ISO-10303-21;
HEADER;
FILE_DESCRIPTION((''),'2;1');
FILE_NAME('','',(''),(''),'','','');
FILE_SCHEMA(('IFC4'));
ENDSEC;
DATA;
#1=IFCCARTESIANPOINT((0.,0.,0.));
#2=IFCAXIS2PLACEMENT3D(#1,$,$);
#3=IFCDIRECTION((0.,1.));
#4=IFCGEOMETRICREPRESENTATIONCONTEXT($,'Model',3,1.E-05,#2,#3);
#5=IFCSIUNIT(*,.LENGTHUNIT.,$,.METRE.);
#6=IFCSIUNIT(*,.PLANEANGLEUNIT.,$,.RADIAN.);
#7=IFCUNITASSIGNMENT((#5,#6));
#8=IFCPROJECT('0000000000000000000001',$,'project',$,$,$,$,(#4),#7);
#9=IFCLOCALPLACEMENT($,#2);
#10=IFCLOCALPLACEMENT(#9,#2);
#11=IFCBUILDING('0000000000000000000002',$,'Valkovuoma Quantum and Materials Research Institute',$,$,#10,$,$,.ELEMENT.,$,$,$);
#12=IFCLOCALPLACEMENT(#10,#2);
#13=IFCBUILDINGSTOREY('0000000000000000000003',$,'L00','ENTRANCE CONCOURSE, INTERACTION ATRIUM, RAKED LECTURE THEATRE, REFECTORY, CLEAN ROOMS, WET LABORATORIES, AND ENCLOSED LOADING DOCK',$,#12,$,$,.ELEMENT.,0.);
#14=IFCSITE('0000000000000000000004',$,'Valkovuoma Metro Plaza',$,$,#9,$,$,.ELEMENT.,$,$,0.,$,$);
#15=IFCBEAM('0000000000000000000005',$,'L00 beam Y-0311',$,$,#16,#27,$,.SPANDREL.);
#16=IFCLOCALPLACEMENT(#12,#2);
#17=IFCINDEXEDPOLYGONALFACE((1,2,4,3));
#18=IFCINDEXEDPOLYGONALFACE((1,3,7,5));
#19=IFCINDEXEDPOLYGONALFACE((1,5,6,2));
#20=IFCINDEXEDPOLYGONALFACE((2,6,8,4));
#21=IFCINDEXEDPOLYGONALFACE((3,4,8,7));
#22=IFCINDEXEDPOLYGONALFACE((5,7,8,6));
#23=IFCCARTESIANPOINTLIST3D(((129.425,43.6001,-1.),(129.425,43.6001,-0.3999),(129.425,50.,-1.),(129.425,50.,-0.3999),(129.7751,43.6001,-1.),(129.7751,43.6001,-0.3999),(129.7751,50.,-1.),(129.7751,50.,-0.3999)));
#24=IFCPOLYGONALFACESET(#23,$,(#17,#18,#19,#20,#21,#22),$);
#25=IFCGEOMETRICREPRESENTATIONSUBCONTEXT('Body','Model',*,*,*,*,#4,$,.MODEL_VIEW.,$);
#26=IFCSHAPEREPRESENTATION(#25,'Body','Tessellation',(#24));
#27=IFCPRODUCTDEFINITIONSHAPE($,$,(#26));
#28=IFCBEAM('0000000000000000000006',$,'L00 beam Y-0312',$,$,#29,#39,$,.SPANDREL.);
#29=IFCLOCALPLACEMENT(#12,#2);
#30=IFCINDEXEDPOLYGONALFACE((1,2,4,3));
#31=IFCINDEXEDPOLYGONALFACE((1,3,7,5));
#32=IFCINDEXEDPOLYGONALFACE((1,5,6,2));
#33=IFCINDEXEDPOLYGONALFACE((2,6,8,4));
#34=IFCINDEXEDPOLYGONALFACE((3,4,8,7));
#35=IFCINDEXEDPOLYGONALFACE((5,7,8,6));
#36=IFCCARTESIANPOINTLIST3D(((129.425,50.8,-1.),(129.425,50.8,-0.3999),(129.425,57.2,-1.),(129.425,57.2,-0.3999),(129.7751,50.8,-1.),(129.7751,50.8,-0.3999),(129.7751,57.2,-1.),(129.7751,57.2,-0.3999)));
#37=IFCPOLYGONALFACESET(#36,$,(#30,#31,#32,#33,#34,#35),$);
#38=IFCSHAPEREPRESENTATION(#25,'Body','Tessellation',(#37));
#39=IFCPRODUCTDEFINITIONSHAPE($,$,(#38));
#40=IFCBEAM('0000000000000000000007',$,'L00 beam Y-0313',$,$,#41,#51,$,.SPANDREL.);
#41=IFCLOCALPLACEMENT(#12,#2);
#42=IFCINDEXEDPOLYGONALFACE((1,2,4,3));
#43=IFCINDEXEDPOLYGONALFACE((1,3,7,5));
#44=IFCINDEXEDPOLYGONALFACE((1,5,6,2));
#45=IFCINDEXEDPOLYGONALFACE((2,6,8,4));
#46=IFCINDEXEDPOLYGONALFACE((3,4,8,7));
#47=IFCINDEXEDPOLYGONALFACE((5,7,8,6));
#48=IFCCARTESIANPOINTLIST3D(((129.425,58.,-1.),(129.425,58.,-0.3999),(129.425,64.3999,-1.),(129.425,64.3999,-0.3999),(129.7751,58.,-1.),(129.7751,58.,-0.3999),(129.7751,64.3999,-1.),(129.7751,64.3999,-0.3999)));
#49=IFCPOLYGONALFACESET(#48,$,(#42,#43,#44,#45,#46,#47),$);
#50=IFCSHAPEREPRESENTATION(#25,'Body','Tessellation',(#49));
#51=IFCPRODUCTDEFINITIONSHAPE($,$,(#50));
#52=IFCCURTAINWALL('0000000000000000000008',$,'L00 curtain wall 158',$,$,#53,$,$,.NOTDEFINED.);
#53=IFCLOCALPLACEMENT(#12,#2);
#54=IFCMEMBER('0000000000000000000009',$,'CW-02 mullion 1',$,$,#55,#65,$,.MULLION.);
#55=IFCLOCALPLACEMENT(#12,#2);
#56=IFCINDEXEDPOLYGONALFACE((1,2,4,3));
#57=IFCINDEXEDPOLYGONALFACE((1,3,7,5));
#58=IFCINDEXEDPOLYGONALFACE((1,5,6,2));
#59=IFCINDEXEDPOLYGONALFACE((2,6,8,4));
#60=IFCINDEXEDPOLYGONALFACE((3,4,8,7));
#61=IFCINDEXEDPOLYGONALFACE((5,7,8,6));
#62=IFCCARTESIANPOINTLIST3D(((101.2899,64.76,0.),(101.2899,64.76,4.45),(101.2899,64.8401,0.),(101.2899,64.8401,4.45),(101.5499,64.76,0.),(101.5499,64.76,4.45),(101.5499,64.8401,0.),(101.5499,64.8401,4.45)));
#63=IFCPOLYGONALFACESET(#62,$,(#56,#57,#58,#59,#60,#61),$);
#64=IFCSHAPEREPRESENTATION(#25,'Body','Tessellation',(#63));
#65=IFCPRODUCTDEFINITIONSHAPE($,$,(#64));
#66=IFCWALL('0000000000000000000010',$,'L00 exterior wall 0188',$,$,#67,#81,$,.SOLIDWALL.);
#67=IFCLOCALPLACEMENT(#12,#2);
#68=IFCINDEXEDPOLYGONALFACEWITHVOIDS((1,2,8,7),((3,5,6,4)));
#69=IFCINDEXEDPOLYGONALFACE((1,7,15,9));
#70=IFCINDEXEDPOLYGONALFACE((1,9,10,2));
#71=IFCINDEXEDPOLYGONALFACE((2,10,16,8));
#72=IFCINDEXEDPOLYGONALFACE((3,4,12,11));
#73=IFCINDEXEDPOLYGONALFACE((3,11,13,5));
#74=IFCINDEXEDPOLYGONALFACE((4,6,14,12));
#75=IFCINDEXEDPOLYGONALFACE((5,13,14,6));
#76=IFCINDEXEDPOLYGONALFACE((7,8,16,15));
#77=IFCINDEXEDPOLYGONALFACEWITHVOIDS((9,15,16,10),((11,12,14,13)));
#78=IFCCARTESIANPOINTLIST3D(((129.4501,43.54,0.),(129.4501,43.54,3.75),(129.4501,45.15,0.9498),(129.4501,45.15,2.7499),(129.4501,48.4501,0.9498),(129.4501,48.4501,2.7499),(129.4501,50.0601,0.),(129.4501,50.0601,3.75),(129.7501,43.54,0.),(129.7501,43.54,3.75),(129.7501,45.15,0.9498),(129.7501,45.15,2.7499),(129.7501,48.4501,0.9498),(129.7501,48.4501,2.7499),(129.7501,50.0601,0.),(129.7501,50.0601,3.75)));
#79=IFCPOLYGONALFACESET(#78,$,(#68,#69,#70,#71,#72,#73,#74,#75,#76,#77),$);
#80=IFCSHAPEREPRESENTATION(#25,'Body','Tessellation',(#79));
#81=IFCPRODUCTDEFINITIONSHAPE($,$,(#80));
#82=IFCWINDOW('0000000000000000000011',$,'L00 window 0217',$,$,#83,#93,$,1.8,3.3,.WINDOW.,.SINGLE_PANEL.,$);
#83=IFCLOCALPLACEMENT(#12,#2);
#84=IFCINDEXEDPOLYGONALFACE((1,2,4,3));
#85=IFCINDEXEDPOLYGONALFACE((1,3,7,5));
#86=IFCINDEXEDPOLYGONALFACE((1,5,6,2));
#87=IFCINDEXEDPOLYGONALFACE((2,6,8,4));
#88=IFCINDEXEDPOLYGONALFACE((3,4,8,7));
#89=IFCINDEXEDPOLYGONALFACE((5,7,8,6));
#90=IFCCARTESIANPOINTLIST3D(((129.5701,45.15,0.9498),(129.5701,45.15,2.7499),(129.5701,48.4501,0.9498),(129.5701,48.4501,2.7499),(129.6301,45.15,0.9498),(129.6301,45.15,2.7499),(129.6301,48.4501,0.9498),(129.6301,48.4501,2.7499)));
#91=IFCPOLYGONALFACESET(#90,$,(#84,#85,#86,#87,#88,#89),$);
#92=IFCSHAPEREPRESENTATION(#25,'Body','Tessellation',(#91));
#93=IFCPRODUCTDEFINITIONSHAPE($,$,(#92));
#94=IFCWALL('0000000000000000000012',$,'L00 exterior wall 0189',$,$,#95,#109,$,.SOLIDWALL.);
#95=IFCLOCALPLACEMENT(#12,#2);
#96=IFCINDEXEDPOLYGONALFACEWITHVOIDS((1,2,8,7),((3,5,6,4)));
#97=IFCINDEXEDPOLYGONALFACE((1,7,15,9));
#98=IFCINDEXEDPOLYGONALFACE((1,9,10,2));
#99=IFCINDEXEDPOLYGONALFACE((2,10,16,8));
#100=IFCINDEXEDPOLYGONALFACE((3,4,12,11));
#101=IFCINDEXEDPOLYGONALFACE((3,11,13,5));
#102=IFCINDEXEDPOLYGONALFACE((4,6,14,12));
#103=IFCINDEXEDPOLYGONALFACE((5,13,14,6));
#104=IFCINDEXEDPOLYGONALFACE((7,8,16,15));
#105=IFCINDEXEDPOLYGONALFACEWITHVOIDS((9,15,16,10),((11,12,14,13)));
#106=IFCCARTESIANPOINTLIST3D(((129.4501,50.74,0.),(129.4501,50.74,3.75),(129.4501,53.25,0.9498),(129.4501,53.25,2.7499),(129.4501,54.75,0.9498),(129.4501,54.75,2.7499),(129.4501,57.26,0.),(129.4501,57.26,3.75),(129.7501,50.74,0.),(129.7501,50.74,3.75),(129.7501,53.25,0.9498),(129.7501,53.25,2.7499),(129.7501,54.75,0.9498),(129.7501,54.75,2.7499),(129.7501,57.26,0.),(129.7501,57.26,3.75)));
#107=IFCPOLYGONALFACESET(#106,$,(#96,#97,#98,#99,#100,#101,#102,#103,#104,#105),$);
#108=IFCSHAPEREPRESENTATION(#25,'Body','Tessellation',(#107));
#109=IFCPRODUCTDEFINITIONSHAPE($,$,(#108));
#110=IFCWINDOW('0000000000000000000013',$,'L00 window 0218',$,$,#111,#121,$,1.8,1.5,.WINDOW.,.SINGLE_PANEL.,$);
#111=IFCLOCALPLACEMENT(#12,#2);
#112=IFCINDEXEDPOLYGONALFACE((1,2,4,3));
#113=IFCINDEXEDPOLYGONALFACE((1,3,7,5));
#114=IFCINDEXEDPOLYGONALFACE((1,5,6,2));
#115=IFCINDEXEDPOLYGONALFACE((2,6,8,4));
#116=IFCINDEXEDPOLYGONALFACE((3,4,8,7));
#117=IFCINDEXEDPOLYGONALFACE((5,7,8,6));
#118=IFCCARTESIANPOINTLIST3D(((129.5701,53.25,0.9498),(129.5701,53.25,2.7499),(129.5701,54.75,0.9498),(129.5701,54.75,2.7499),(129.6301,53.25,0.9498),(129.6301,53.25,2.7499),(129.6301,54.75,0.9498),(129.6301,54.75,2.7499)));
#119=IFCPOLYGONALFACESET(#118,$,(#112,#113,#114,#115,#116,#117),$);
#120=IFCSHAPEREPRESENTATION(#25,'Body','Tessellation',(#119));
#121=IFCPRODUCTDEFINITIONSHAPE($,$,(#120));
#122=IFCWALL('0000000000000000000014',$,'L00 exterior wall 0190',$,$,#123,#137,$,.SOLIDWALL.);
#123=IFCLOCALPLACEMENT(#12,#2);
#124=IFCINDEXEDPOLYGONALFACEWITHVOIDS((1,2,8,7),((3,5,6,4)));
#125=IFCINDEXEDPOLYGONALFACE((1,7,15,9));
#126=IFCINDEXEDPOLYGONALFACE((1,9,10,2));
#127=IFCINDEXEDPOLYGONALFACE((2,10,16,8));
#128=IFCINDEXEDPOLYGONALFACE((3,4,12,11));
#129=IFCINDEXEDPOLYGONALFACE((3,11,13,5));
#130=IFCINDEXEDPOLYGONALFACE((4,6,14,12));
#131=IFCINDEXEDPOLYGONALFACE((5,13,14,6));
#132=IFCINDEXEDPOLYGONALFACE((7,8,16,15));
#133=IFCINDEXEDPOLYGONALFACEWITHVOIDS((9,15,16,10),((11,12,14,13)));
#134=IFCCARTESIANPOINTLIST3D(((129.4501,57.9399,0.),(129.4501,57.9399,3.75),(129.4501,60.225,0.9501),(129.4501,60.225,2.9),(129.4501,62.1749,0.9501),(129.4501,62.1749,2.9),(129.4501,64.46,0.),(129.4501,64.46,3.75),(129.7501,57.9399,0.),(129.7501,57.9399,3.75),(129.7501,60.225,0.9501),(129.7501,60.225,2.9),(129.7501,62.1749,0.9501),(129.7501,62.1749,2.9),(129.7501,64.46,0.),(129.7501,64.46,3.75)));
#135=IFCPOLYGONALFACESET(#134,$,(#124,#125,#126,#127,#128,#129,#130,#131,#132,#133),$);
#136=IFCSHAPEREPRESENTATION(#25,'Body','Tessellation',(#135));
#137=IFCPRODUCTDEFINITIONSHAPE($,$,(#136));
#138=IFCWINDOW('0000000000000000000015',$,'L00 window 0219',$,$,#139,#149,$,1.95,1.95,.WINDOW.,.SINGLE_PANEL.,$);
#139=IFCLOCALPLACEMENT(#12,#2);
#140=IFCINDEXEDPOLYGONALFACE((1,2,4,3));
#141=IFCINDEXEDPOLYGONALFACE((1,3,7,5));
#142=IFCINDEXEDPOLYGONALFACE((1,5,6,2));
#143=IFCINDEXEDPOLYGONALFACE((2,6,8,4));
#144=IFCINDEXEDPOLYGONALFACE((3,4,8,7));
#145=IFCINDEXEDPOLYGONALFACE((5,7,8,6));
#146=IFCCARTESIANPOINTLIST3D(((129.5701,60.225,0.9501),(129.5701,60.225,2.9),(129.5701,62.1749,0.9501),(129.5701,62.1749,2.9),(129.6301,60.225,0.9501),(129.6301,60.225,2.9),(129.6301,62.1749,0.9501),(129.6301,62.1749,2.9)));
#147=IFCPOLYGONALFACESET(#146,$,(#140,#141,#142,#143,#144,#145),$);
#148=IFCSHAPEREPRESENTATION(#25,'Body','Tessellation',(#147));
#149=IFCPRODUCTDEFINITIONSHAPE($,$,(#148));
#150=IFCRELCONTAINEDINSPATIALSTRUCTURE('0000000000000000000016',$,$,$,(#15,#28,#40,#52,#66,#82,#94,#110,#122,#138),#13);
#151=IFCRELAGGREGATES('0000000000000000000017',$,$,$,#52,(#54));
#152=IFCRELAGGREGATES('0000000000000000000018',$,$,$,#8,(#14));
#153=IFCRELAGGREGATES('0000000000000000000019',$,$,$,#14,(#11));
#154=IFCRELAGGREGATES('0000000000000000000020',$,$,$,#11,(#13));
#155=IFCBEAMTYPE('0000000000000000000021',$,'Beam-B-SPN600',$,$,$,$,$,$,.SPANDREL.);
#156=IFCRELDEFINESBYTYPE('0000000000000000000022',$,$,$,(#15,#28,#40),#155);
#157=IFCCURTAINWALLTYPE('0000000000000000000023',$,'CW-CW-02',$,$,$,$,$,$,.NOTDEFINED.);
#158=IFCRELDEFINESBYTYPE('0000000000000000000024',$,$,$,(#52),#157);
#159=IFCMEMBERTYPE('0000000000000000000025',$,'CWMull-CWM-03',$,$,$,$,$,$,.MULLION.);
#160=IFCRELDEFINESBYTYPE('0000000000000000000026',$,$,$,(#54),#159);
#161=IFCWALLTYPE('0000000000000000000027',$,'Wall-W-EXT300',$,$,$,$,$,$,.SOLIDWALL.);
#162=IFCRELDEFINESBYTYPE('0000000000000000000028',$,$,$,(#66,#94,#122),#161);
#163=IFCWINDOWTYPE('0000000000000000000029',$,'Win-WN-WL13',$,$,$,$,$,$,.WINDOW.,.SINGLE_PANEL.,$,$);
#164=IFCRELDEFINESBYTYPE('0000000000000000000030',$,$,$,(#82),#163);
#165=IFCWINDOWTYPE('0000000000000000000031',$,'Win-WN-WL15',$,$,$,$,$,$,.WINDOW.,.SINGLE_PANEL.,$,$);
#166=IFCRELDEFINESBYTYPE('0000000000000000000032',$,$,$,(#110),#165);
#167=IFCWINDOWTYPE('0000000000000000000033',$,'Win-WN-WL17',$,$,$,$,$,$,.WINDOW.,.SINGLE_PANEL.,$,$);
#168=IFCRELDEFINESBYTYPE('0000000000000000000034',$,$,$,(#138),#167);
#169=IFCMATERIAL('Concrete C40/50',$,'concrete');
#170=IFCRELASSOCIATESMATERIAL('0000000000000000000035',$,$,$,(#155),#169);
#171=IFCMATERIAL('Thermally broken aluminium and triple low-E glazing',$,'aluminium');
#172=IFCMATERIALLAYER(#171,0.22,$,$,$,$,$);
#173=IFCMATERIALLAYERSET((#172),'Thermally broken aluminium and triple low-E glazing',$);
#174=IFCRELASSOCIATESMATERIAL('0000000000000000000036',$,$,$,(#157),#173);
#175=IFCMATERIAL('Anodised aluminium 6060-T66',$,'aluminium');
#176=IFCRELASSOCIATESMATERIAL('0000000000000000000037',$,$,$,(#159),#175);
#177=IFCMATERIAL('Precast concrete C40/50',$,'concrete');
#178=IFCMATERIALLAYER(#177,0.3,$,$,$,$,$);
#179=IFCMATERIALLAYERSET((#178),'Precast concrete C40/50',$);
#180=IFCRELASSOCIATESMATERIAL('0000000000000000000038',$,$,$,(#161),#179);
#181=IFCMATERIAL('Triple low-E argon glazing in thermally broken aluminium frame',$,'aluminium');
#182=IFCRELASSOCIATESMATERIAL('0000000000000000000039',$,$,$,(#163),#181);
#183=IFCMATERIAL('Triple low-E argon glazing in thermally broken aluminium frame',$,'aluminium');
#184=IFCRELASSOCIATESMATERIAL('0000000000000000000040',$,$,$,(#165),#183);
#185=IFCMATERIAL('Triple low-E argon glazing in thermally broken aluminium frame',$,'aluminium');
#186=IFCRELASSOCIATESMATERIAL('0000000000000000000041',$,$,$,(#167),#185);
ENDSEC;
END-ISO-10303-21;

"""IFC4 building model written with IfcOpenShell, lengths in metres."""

from ifc_helpers import new_model, si_unit, direction, frame, frame_2d, origin, origin_2d, place, context, subcontext, project, spatial, rectangle, extrude, material, layer, layer_set, material_profile, profile_set, type_object, element, fill, aggregate, save


model = new_model("IFC4")

# Units and contexts
model_context = context("Model", 3, precision=1e-05, world=origin(), true_north=direction((0.0, 1.0)))
body_context = subcontext(model_context, "Body", "Model", "MODEL_VIEW")
ifc_project = project(units=[si_unit("LENGTHUNIT", "METRE"), si_unit("PLANEANGLEUNIT", "RADIAN")], contexts=[model_context])

# Site, building, storey
site_placement = place(None, origin())
site = spatial("IfcSite", under=ifc_project, at=site_placement, Name="Valkovuoma Metro Plaza", CompositionType="ELEMENT", RefElevation=0.0)
building_placement = place(site_placement, origin())
building = spatial("IfcBuilding", under=site, at=building_placement, Name="Valkovuoma Quantum and Materials Research Institute", CompositionType="ELEMENT")
storey_placement = place(building_placement, origin())
storey = spatial("IfcBuildingStorey", under=building, at=storey_placement, Name="L00", Description="ENTRANCE CONCOURSE, INTERACTION ATRIUM, RAKED LECTURE THEATRE, REFECTORY, CLEAN ROOMS, WET LABORATORIES, AND ENCLOSED LOADING DOCK", CompositionType="ELEMENT", Elevation=0.0)

# Beams
ifc_material_1 = material(Name="Concrete C40/50", Category="concrete")
ifc_material_profile_1 = material_profile(ifc_material_1, rectangle(XDim=0.3501, YDim=0.6001, at=origin_2d()), Name="Concrete C40/50")
ifc_profile_set_1 = profile_set([ifc_material_profile_1], Name="Concrete C40/50")
beam_type_1 = type_object("IfcBeamType", Name="Beam-B-SPN600", PredefinedType="SPANDREL", material=ifc_profile_set_1)
for number, where, z_axis, x_axis, name in (
    (1, (129.6001, 43.6001, -0.7), (0.0, 1.0, 0.0), (-1.0, 0.0, 0.0), "L00 beam Y-0311"),
    (2, (129.6001, 50.8, -0.7), (0.0, 1.0, 0.0), (-1.0, 0.0, 0.0), "L00 beam Y-0312"),
    (3, (129.6001, 58.0, -0.7), (0.0, 1.0, 0.0), (-1.0, 0.0, 0.0), "L00 beam Y-0313"),
):
    element("IfcBeam", number, at=place(storey_placement, frame(where, z_axis=z_axis, x_axis=x_axis)), inside=storey, type_object=beam_type_1, Name=name, PredefinedType="SPANDREL", context=body_context, shape_type="SweptSolid", body=[
        extrude(rectangle(XDim=0.3501, YDim=0.6001, at=origin_2d()), origin(), (0.0, 0.0, 1.0), 6.3999),
    ])

# Curtain wall, member
ifc_material_2 = material(Name="Thermally broken aluminium and triple low-E glazing", Category="aluminium")
ifc_layer_1 = layer(ifc_material_2, 0.22)
ifc_layer_set_1 = layer_set([ifc_layer_1], Name="Thermally broken aluminium and triple low-E glazing")
curtain_wall_type = type_object("IfcCurtainWallType", Name="CW-CW-02", PredefinedType="NOTDEFINED", material=ifc_layer_set_1)
curtain_wall_placement = place(storey_placement, origin())
curtain_wall = element("IfcCurtainWall", 4, at=curtain_wall_placement, inside=storey, type_object=curtain_wall_type, Name="L00 curtain wall 158", PredefinedType="NOTDEFINED")
ifc_material_3 = material(Name="Anodised aluminium 6060-T66", Category="aluminium")
ifc_material_profile_2 = material_profile(ifc_material_3, rectangle(XDim=0.0801, YDim=0.26, at=origin_2d()), Name="Anodised aluminium 6060-T66")
ifc_profile_set_2 = profile_set([ifc_material_profile_2], Name="Anodised aluminium 6060-T66")
member_type = type_object("IfcMemberType", Name="CWMull-CWM-03", PredefinedType="MULLION", material=ifc_profile_set_2)
member_placement = place(storey_placement, frame((101.4199, 64.8, 0.0), z_axis=(0.0, 0.0, 1.0), x_axis=(0.0, 1.0, 0.0)))
member = element("IfcMember", 5, at=member_placement, type_object=member_type, Name="CW-02 mullion 1", PredefinedType="MULLION", context=body_context, shape_type="SweptSolid", body=[
    extrude(rectangle(XDim=0.0801, YDim=0.26, at=origin_2d()), origin(), (0.0, 0.0, 1.0), 4.45),
])
aggregate(curtain_wall, [member])

# Walls, openings, windows
ifc_material_4 = material(Name="Precast concrete C40/50", Category="concrete")
ifc_layer_2 = layer(ifc_material_4, 0.3)
ifc_layer_set_2 = layer_set([ifc_layer_2], Name="Precast concrete C40/50")
wall_type = type_object("IfcWallType", Name="Wall-W-EXT300", PredefinedType="SOLIDWALL", material=ifc_layer_set_2)
wall_1_placement = place(storey_placement, frame((129.6001, 43.54, 0.0), z_axis=(0.0, 0.0, 1.0), x_axis=(0.0, 1.0, 0.0)))
wall_1 = element("IfcWall", 6, at=wall_1_placement, inside=storey, type_object=wall_type, Name="L00 exterior wall 0188", PredefinedType="SOLIDWALL", context=body_context, shape_type="SweptSolid", body=[
    extrude(rectangle(XDim=6.52, YDim=0.3, at=frame_2d((3.26, 0.0))), origin(), (0.0, 0.0, 1.0), 3.75),
])
opening_1_placement = place(wall_1_placement, frame((1.6101, 0.0, 0.95)))
opening_1 = element("IfcOpeningElement", 7, at=opening_1_placement, cuts=wall_1, PredefinedType="OPENING", context=body_context, shape_type="SweptSolid", body=[
    extrude(rectangle(XDim=3.3, YDim=1.8, at=frame_2d((1.6499, 0.8999))), frame((0.0, 0.1602, 0.0), z_axis=(0.0, -1.0, 0.0), x_axis=(1.0, 0.0, 0.0)), (0.0, 0.0, 1.0), 0.3201),
])
ifc_material_5 = material(Name="Triple low-E argon glazing in thermally broken aluminium frame", Category="aluminium")
window_type_1 = type_object("IfcWindowType", Name="Win-WN-WL13", PartitioningType="SINGLE_PANEL", PredefinedType="WINDOW", material=ifc_material_5)
window_1_placement = place(opening_1_placement, origin())
window_1 = element("IfcWindow", 8, at=window_1_placement, inside=storey, type_object=window_type_1, Name="L00 window 0217", OverallHeight=1.8, OverallWidth=3.3, PartitioningType="SINGLE_PANEL", PredefinedType="WINDOW", context=body_context, shape_type="SweptSolid", body=[
    extrude(rectangle(XDim=3.3, YDim=1.8, at=frame_2d((1.6499, 0.8999))), frame((0.0, 0.03, 0.0), z_axis=(0.0, -1.0, 0.0), x_axis=(1.0, 0.0, 0.0)), (0.0, 0.0, 1.0), 0.0601),
])
fill(opening_1, window_1)
wall_2_placement = place(storey_placement, frame((129.6001, 50.74, 0.0), z_axis=(0.0, 0.0, 1.0), x_axis=(0.0, 1.0, 0.0)))
wall_2 = element("IfcWall", 9, at=wall_2_placement, inside=storey, type_object=wall_type, Name="L00 exterior wall 0189", PredefinedType="SOLIDWALL", context=body_context, shape_type="SweptSolid", body=[
    extrude(rectangle(XDim=6.52, YDim=0.3, at=frame_2d((3.26, 0.0))), origin(), (0.0, 0.0, 1.0), 3.75),
])
opening_2_placement = place(wall_2_placement, frame((2.51, 0.0, 0.95)))
opening_2 = element("IfcOpeningElement", 10, at=opening_2_placement, cuts=wall_2, PredefinedType="OPENING", context=body_context, shape_type="SweptSolid", body=[
    extrude(rectangle(XDim=1.5, YDim=1.8, at=frame_2d((0.75, 0.8999))), frame((0.0, 0.1602, 0.0), z_axis=(0.0, -1.0, 0.0), x_axis=(1.0, 0.0, 0.0)), (0.0, 0.0, 1.0), 0.3201),
])
ifc_material_6 = material(Name="Triple low-E argon glazing in thermally broken aluminium frame", Category="aluminium")
window_type_2 = type_object("IfcWindowType", Name="Win-WN-WL15", PartitioningType="SINGLE_PANEL", PredefinedType="WINDOW", material=ifc_material_6)
window_2_placement = place(opening_2_placement, origin())
window_2 = element("IfcWindow", 11, at=window_2_placement, inside=storey, type_object=window_type_2, Name="L00 window 0218", OverallHeight=1.8, OverallWidth=1.5, PartitioningType="SINGLE_PANEL", PredefinedType="WINDOW", context=body_context, shape_type="SweptSolid", body=[
    extrude(rectangle(XDim=1.5, YDim=1.8, at=frame_2d((0.75, 0.8999))), frame((0.0, 0.03, 0.0), z_axis=(0.0, -1.0, 0.0), x_axis=(1.0, 0.0, 0.0)), (0.0, 0.0, 1.0), 0.0601),
])
fill(opening_2, window_2)
wall_3_placement = place(storey_placement, frame((129.6001, 57.9399, 0.0), z_axis=(0.0, 0.0, 1.0), x_axis=(0.0, 1.0, 0.0)))
wall_3 = element("IfcWall", 12, at=wall_3_placement, inside=storey, type_object=wall_type, Name="L00 exterior wall 0190", PredefinedType="SOLIDWALL", context=body_context, shape_type="SweptSolid", body=[
    extrude(rectangle(XDim=6.52, YDim=0.3, at=frame_2d((3.26, 0.0))), origin(), (0.0, 0.0, 1.0), 3.75),
])
opening_3_placement = place(wall_3_placement, frame((2.2849, 0.0, 0.95)))
opening_3 = element("IfcOpeningElement", 13, at=opening_3_placement, cuts=wall_3, PredefinedType="OPENING", context=body_context, shape_type="SweptSolid", body=[
    extrude(rectangle(XDim=1.95, YDim=1.95, at=frame_2d((0.9751, 0.9751))), frame((0.0, 0.1602, 0.0), z_axis=(0.0, -1.0, 0.0), x_axis=(1.0, 0.0, 0.0)), (0.0, 0.0, 1.0), 0.3201),
])
ifc_material_7 = material(Name="Triple low-E argon glazing in thermally broken aluminium frame", Category="aluminium")
window_type_3 = type_object("IfcWindowType", Name="Win-WN-WL17", PartitioningType="SINGLE_PANEL", PredefinedType="WINDOW", material=ifc_material_7)
window_3_placement = place(opening_3_placement, origin())
window_3 = element("IfcWindow", 14, at=window_3_placement, inside=storey, type_object=window_type_3, Name="L00 window 0219", OverallHeight=1.95, OverallWidth=1.95, PartitioningType="SINGLE_PANEL", PredefinedType="WINDOW", context=body_context, shape_type="SweptSolid", body=[
    extrude(rectangle(XDim=1.95, YDim=1.95, at=frame_2d((0.9751, 0.9751))), frame((0.0, 0.03, 0.0), z_axis=(0.0, -1.0, 0.0), x_axis=(1.0, 0.0, 0.0)), (0.0, 0.0, 1.0), 0.0601),
])
fill(opening_3, window_3)

save(model, "model.ifc")
